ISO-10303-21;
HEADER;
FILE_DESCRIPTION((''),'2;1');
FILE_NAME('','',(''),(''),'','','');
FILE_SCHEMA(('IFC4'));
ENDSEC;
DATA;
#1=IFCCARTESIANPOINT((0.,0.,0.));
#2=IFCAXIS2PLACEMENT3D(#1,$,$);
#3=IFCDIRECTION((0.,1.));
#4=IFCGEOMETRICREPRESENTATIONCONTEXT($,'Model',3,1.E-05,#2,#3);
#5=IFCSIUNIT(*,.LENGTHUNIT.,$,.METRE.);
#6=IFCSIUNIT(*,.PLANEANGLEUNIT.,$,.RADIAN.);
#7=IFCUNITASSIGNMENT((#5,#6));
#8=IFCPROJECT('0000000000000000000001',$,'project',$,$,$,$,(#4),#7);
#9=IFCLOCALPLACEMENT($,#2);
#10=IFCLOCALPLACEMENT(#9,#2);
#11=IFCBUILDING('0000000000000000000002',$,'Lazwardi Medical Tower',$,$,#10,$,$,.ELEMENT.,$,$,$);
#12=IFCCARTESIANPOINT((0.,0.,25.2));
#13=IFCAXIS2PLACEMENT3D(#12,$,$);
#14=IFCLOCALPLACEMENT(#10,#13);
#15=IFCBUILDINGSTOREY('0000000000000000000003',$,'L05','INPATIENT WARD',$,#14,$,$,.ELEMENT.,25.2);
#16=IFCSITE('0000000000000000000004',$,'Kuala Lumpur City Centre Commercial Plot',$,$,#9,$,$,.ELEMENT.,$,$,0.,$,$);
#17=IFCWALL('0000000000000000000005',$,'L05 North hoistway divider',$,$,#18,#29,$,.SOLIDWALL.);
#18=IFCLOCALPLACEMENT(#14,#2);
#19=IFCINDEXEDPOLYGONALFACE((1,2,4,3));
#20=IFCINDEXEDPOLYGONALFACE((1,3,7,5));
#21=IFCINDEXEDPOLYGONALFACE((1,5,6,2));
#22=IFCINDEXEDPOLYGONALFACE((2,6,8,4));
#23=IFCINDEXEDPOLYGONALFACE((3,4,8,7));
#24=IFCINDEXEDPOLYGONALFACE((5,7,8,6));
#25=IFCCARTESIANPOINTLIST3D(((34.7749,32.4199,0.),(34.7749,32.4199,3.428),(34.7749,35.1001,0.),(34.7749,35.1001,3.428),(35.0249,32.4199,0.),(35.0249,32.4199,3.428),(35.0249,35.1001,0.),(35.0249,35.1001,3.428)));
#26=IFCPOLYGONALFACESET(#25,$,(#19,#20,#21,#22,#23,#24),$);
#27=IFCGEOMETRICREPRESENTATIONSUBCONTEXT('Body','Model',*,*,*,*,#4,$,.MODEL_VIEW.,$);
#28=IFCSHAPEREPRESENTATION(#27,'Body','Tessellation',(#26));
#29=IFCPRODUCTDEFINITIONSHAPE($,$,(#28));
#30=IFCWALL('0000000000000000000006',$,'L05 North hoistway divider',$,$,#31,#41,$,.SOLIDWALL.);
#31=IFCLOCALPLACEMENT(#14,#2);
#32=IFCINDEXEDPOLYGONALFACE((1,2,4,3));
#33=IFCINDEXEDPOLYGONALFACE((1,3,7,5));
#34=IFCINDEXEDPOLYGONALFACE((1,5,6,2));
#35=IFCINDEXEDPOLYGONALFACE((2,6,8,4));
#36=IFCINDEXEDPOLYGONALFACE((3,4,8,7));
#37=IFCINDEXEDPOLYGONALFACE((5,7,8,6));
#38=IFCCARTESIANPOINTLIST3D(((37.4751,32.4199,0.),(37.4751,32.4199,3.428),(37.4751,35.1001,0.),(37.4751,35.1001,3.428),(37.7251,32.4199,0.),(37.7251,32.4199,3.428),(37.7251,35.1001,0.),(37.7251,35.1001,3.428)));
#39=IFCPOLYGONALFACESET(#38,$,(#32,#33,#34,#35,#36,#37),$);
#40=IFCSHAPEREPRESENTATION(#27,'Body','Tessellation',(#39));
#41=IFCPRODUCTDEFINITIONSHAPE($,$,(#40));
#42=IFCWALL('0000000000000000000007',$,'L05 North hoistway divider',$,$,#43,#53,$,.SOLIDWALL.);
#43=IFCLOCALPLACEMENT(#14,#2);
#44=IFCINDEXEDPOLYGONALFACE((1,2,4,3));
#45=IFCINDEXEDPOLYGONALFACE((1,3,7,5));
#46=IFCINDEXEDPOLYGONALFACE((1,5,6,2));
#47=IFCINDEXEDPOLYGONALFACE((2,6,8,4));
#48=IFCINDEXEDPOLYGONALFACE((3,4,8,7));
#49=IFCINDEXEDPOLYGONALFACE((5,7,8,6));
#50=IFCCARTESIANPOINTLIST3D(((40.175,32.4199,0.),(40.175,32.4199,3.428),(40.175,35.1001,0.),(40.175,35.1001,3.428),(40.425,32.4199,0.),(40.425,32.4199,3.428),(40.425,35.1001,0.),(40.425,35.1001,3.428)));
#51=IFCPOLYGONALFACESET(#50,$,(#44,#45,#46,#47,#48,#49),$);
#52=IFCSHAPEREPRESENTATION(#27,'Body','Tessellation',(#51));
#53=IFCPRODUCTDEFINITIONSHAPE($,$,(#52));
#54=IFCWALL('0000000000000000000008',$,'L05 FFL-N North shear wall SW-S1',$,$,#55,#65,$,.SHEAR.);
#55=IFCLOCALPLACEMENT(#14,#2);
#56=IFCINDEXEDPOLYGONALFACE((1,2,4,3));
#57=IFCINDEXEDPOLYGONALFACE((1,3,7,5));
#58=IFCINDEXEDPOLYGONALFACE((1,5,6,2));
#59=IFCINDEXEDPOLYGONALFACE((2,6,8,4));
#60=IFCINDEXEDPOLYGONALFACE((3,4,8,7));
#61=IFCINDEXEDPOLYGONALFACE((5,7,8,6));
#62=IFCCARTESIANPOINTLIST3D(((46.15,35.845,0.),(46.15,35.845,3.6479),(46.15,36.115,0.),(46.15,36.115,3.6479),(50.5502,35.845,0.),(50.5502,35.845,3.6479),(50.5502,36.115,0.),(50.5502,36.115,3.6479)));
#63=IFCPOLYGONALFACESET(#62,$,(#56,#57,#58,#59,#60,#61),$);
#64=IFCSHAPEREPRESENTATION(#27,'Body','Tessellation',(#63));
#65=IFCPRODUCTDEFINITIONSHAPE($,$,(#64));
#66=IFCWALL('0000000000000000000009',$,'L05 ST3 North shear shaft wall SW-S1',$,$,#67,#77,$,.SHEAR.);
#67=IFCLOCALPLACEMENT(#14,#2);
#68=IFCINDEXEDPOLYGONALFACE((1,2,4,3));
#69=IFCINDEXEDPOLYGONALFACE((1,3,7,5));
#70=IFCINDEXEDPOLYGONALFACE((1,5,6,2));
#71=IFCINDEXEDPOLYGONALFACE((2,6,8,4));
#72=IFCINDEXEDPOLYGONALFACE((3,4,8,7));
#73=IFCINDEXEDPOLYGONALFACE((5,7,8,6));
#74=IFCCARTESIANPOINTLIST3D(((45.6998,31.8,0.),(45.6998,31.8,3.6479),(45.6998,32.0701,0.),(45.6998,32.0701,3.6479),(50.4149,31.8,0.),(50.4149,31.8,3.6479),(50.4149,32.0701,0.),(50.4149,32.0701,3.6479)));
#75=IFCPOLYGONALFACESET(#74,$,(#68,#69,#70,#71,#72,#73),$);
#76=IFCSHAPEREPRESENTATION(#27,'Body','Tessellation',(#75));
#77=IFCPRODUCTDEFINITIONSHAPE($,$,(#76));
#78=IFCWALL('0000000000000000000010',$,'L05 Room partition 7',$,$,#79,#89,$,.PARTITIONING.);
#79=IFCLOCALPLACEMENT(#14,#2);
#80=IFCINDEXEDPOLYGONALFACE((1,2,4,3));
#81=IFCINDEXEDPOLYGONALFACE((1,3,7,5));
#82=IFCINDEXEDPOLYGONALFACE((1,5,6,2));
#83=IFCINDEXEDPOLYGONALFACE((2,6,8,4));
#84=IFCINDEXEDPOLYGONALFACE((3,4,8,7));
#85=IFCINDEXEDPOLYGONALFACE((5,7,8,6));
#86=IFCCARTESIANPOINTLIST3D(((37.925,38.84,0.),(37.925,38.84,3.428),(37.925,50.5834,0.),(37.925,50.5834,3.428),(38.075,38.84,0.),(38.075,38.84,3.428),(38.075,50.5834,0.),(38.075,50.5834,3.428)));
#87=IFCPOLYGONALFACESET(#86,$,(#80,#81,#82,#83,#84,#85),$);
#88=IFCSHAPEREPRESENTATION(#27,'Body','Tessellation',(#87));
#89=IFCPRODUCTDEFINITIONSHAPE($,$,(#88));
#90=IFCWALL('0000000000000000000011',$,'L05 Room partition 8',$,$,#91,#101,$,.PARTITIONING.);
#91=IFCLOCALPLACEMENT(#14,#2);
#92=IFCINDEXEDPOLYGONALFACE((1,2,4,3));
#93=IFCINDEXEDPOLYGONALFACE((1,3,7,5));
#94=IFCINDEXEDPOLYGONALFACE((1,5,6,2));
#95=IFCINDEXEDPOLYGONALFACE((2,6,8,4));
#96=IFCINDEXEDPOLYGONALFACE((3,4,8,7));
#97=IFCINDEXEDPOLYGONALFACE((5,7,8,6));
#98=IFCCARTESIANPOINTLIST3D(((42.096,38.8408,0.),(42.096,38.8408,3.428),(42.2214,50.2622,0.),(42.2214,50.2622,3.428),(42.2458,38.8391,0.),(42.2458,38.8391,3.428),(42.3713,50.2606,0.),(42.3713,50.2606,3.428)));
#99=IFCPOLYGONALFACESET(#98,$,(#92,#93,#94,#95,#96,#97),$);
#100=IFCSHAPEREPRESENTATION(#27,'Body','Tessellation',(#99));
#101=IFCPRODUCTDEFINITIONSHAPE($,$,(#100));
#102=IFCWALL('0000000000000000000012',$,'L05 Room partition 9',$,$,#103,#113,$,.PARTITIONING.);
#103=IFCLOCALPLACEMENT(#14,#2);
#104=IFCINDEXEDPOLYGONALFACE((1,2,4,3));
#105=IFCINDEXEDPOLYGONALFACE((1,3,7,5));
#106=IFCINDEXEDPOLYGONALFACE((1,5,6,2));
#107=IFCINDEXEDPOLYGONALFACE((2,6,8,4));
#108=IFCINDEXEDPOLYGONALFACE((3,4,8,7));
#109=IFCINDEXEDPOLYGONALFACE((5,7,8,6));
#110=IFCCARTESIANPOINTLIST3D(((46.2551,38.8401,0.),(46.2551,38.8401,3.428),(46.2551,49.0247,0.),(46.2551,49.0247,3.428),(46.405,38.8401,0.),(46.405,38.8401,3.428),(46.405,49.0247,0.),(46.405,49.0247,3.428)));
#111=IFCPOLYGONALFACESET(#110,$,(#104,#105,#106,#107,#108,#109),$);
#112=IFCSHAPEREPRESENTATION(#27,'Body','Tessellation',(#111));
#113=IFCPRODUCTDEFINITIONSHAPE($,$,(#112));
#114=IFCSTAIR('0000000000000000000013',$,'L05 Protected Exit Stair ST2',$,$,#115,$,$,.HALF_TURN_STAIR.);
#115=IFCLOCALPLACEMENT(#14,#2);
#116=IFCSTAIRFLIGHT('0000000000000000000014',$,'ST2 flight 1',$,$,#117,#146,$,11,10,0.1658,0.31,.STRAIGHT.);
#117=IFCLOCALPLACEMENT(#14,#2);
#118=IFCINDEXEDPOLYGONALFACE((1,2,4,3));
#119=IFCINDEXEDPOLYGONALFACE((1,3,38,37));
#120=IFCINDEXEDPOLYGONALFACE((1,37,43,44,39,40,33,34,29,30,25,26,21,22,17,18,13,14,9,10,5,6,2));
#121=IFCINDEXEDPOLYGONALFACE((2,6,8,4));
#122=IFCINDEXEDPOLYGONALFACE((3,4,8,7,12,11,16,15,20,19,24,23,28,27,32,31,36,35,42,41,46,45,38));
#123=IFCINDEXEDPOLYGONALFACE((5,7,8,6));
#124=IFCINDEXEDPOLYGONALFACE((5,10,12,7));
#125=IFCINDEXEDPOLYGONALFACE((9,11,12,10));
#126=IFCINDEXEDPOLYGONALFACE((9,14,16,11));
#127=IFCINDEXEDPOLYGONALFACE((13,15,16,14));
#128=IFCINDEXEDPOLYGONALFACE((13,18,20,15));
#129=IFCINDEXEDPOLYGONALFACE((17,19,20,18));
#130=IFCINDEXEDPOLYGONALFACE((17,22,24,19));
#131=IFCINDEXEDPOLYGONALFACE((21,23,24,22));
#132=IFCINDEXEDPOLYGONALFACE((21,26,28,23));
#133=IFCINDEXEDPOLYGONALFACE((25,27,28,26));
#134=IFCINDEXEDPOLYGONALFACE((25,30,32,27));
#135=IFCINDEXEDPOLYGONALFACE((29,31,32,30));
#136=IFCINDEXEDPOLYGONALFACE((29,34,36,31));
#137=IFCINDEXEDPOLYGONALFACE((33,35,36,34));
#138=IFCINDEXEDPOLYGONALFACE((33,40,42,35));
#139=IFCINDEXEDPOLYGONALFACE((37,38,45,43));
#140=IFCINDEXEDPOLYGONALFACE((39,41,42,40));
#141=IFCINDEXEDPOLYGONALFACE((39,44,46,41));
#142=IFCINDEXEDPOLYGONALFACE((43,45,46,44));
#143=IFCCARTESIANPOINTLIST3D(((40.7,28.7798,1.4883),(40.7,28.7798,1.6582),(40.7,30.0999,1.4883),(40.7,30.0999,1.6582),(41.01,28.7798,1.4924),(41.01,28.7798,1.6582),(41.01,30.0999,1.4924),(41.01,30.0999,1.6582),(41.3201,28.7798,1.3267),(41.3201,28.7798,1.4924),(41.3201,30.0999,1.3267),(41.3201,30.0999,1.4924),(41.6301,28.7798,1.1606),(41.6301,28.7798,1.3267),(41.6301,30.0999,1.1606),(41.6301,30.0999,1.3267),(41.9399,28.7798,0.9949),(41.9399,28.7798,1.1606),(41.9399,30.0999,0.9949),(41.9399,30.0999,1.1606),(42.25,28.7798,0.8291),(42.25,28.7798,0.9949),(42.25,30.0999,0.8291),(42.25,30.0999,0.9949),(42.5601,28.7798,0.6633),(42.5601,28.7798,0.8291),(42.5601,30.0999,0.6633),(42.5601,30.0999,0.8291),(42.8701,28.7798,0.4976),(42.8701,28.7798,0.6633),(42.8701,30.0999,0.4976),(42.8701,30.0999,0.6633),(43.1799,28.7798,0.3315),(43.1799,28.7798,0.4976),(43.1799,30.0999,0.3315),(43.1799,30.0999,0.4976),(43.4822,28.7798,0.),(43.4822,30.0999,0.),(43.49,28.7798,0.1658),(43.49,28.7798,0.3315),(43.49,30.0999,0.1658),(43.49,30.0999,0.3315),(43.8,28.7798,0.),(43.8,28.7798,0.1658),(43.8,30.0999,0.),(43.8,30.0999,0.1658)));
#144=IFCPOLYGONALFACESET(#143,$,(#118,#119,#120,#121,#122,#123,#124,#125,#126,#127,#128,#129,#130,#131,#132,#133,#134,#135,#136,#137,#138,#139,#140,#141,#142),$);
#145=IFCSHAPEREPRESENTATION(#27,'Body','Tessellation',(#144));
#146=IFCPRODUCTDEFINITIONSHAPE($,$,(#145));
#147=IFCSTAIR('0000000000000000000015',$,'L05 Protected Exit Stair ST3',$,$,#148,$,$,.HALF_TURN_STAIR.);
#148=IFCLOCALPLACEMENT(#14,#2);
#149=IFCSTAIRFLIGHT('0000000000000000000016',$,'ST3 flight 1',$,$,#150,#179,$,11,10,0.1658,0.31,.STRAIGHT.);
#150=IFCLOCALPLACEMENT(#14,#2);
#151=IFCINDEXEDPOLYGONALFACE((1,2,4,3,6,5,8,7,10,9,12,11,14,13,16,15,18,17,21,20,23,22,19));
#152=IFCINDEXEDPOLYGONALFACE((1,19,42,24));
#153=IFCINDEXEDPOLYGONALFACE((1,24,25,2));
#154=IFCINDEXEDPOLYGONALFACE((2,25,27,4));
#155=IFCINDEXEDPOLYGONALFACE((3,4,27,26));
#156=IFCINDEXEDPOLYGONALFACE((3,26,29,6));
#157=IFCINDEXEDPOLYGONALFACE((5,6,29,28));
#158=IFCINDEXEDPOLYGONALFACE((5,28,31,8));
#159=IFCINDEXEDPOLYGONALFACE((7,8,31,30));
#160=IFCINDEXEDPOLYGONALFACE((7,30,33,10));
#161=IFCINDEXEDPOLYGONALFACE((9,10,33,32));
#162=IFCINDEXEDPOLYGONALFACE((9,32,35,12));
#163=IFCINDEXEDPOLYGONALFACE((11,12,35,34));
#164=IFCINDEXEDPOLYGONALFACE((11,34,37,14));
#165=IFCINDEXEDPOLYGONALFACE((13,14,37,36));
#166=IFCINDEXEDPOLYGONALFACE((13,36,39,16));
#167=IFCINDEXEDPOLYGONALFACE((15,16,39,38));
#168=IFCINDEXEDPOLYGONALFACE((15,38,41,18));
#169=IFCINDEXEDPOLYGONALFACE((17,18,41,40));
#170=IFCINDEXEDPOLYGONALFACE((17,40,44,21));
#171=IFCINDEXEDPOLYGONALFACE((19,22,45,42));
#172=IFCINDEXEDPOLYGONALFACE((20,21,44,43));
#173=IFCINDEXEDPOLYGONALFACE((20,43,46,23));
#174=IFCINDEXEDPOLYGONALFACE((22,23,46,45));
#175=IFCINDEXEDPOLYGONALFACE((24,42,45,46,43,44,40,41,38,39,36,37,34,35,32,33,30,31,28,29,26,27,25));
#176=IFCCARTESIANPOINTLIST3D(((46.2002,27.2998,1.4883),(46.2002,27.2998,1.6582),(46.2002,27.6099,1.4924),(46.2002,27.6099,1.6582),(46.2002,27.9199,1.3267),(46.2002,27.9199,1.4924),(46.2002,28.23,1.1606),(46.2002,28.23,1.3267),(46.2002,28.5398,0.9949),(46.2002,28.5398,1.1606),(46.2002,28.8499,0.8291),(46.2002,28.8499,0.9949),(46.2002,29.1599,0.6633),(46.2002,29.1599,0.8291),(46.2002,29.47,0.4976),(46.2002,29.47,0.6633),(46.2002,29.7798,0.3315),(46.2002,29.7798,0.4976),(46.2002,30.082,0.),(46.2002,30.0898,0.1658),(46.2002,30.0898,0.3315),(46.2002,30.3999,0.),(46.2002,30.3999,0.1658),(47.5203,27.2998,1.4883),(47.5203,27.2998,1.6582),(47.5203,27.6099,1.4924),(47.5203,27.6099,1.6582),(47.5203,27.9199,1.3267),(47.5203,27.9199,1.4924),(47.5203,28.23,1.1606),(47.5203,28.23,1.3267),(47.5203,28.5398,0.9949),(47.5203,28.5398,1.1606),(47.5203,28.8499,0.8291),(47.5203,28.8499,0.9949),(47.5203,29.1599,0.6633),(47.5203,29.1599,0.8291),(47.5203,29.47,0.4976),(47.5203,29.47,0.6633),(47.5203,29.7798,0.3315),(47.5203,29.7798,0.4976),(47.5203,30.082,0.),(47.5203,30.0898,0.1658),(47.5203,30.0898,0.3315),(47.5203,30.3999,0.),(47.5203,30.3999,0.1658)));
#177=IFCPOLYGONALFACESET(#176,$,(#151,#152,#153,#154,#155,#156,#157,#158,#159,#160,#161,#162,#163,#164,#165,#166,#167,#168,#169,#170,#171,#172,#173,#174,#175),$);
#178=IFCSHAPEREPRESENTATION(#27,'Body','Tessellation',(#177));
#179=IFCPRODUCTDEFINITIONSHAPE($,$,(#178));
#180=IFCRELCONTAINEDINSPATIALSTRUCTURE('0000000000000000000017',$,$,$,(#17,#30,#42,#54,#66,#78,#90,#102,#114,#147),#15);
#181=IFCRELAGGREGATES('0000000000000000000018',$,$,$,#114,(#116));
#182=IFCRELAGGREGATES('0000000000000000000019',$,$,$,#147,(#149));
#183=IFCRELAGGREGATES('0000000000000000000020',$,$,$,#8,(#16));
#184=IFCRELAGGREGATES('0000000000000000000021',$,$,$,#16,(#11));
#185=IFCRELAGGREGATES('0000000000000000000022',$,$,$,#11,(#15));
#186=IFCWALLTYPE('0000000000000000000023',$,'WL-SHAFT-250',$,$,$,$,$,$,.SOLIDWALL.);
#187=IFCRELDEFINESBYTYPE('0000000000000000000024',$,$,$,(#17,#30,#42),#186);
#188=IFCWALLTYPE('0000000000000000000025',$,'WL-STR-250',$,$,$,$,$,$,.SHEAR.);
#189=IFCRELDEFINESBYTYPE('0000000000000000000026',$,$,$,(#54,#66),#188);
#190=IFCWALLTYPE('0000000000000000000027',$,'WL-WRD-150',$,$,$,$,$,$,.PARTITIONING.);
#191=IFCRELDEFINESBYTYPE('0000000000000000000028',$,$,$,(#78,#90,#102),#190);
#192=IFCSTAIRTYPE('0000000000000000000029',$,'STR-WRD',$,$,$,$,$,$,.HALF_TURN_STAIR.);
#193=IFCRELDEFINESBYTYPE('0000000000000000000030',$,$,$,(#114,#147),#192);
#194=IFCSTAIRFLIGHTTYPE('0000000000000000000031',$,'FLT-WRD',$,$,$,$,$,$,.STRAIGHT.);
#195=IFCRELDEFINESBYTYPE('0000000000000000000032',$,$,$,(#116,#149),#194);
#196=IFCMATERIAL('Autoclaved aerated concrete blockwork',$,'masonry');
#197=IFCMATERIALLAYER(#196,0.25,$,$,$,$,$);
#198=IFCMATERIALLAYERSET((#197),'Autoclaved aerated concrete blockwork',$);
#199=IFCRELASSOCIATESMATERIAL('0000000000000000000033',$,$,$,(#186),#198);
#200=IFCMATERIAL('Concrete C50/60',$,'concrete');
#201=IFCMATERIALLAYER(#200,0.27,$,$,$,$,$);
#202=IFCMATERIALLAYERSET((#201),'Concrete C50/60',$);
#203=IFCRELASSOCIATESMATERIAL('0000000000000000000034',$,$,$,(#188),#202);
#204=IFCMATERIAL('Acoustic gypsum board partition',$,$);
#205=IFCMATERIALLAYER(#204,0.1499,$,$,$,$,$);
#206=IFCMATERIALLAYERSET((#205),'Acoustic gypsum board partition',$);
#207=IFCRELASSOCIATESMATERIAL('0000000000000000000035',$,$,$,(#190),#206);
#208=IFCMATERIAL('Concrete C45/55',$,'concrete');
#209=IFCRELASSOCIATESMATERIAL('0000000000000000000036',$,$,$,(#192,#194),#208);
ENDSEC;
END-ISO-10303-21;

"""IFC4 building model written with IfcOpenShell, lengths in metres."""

from ifc_helpers import new_model, si_unit, direction, frame, frame_2d, origin, place, context, subcontext, project, spatial, polyline, rectangle, outline, extrude, material, layer, layer_set, type_object, element, aggregate, save


model = new_model("IFC4")

# Units and contexts
model_context = context("Model", 3, precision=1e-05, world=origin(), true_north=direction((0.0, 1.0)))
body_context = subcontext(model_context, "Body", "Model", "MODEL_VIEW")
ifc_project = project(units=[si_unit("LENGTHUNIT", "METRE"), si_unit("PLANEANGLEUNIT", "RADIAN")], contexts=[model_context])

# Site, building, storey
site_placement = place(None, origin())
site = spatial("IfcSite", under=ifc_project, at=site_placement, Name="Kuala Lumpur City Centre Commercial Plot", CompositionType="ELEMENT", RefElevation=0.0)
building_placement = place(site_placement, origin())
building = spatial("IfcBuilding", under=site, at=building_placement, Name="Lazwardi Medical Tower", CompositionType="ELEMENT")
storey_placement = place(building_placement, frame((0.0, 0.0, 25.2)))
storey = spatial("IfcBuildingStorey", under=building, at=storey_placement, Name="L05", Description="INPATIENT WARD", CompositionType="ELEMENT", Elevation=25.2)

# Walls
ifc_material_1 = material(Name="Autoclaved aerated concrete blockwork", Category="masonry")
ifc_layer_1 = layer(ifc_material_1, 0.25)
ifc_layer_set_1 = layer_set([ifc_layer_1], Name="Autoclaved aerated concrete blockwork")
wall_type_1 = type_object("IfcWallType", Name="WL-SHAFT-250", PredefinedType="SOLIDWALL", material=ifc_layer_set_1)
for number, where, z_axis, x_axis, name in (
    (1, (34.8999, 32.4199, 0.0), (0.0, 0.0, 1.0), (0.0, 1.0, 0.0), "L05 North hoistway divider"),
    (2, (37.6001, 32.4199, 0.0), (0.0, 0.0, 1.0), (0.0, 1.0, 0.0), "L05 North hoistway divider"),
    (3, (40.3, 32.4199, 0.0), (0.0, 0.0, 1.0), (0.0, 1.0, 0.0), "L05 North hoistway divider"),
):
    element("IfcWall", number, at=place(storey_placement, frame(where, z_axis=z_axis, x_axis=x_axis)), inside=storey, type_object=wall_type_1, Name=name, PredefinedType="SOLIDWALL", context=body_context, shape_type="SweptSolid", body=[
        extrude(rectangle(XDim=2.6802, YDim=0.25, at=frame_2d((1.3401, 0.0))), origin(), (0.0, 0.0, 1.0), 3.428),
    ])

# Shared definitions
ifc_material_2 = material(Name="Concrete C50/60", Category="concrete")
ifc_layer_2 = layer(ifc_material_2, 0.27)
ifc_layer_set_2 = layer_set([ifc_layer_2], Name="Concrete C50/60")
wall_type_2 = type_object("IfcWallType", Name="WL-STR-250", PredefinedType="SHEAR", material=ifc_layer_set_2)

# Walls
wall_1_placement = place(storey_placement, frame((46.1499, 35.98, 0.0), z_axis=(0.0, 0.0, 1.0), x_axis=(1.0, 0.0, 0.0)))
element("IfcWall", 4, at=wall_1_placement, inside=storey, type_object=wall_type_2, Name="L05 FFL-N North shear wall SW-S1", PredefinedType="SHEAR", context=body_context, shape_type="SweptSolid", body=[
    extrude(rectangle(XDim=4.4001, YDim=0.27, at=frame_2d((2.2002, 0.0))), origin(), (0.0, 0.0, 1.0), 3.6479),
])
wall_2_placement = place(storey_placement, frame((45.7, 31.9351, 0.0), z_axis=(0.0, 0.0, 1.0), x_axis=(1.0, 0.0, 0.0)))
element("IfcWall", 5, at=wall_2_placement, inside=storey, type_object=wall_type_2, Name="L05 ST3 North shear shaft wall SW-S1", PredefinedType="SHEAR", context=body_context, shape_type="SweptSolid", body=[
    extrude(rectangle(XDim=4.7151, YDim=0.27, at=frame_2d((2.3574, 0.0))), origin(), (0.0, 0.0, 1.0), 3.6479),
])
ifc_material_3 = material(Name="Acoustic gypsum board partition")
ifc_layer_3 = layer(ifc_material_3, 0.1499)
ifc_layer_set_3 = layer_set([ifc_layer_3], Name="Acoustic gypsum board partition")
wall_type_3 = type_object("IfcWallType", Name="WL-WRD-150", PredefinedType="PARTITIONING", material=ifc_layer_set_3)
wall_3_placement = place(storey_placement, frame((38.0, 38.8401, 0.0), z_axis=(0.0, 0.0, 1.0), x_axis=(0.0, 1.0, 0.0)))
element("IfcWall", 6, at=wall_3_placement, inside=storey, type_object=wall_type_3, Name="L05 Room partition 7", PredefinedType="PARTITIONING", context=body_context, shape_type="SweptSolid", body=[
    extrude(rectangle(XDim=11.7434, YDim=0.1499, at=frame_2d((5.8716, 0.0))), origin(), (0.0, 0.0, 1.0), 3.428),
])
wall_4_placement = place(storey_placement, frame((42.1709, 38.8401, 0.0), z_axis=(0.0, 0.0, 1.0), x_axis=(0.010986, 0.99994, 0.0)))
element("IfcWall", 7, at=wall_4_placement, inside=storey, type_object=wall_type_3, Name="L05 Room partition 8", PredefinedType="PARTITIONING", context=body_context, shape_type="SweptSolid", body=[
    extrude(rectangle(XDim=11.4221, YDim=0.1499, at=frame_2d((5.7109, 0.0))), origin(), (0.0, 0.0, 1.0), 3.428),
])
wall_5_placement = place(storey_placement, frame((46.3301, 38.8401, 0.0), z_axis=(0.0, 0.0, 1.0), x_axis=(0.0, 1.0, 0.0)))
element("IfcWall", 8, at=wall_5_placement, inside=storey, type_object=wall_type_3, Name="L05 Room partition 9", PredefinedType="PARTITIONING", context=body_context, shape_type="SweptSolid", body=[
    extrude(rectangle(XDim=10.1846, YDim=0.1499, at=frame_2d((5.0923, 0.0))), origin(), (0.0, 0.0, 1.0), 3.428),
])

# Stairs, stair flights
ifc_material_4 = material(Name="Concrete C45/55", Category="concrete")
stair_type = type_object("IfcStairType", Name="STR-WRD", PredefinedType="HALF_TURN_STAIR", material=ifc_material_4)
stair_1_placement = place(storey_placement, origin())
stair_1 = element("IfcStair", 9, at=stair_1_placement, inside=storey, type_object=stair_type, Name="L05 Protected Exit Stair ST2", PredefinedType="HALF_TURN_STAIR")
stair_flight_type = type_object("IfcStairFlightType", Name="FLT-WRD", PredefinedType="STRAIGHT", material=ifc_material_4)
stair_flight_1_placement = place(storey_placement, frame((43.8, 29.4399, 0.0), z_axis=(0.0, 0.0, 1.0), x_axis=(-1.0, 0.0, 0.0)))
stair_flight_1 = element("IfcStairFlight", 10, at=stair_flight_1_placement, type_object=stair_flight_type, Name="ST2 flight 1", NumberOfRisers=11, NumberOfTreads=10, PredefinedType="STRAIGHT", RiserHeight=0.1658, TreadLength=0.31, context=body_context, shape_type="SweptSolid", body=[
    extrude(outline(polyline([(0.0, 0.0), (0.0, 0.1658), (0.3101, 0.1658), (0.3101, 0.3315), (0.6201, 0.3315), (0.6201, 0.4976), (0.9299, 0.4976), (0.9299, 0.6633), (1.24, 0.6633), (1.24, 0.8291), (1.55, 0.8291), (1.55, 0.9949), (1.8601, 0.9949), (1.8601, 1.1606), (2.1699, 1.1606), (2.1699, 1.3267), (2.48, 1.3267), (2.48, 1.4924), (2.79, 1.4924), (2.79, 1.6582), (3.1001, 1.6582), (3.1001, 1.824), (3.1001, 1.4883), (0.3179, 0.0), (0.0, 0.0)])), frame((0.0, 0.6602, 0.0), z_axis=(0.0, -1.0, 0.0), x_axis=(1.0, 0.0, 0.0)), (0.0, 0.0, 1.0), 1.3201),
])
aggregate(stair_1, [stair_flight_1])
stair_2_placement = place(storey_placement, origin())
stair_2 = element("IfcStair", 11, at=stair_2_placement, inside=storey, type_object=stair_type, Name="L05 Protected Exit Stair ST3", PredefinedType="HALF_TURN_STAIR")
stair_flight_2_placement = place(storey_placement, frame((46.8601, 30.3999, 0.0), z_axis=(0.0, 0.0, 1.0), x_axis=(0.0, -1.0, 0.0)))
stair_flight_2 = element("IfcStairFlight", 12, at=stair_flight_2_placement, type_object=stair_flight_type, Name="ST3 flight 1", NumberOfRisers=11, NumberOfTreads=10, PredefinedType="STRAIGHT", RiserHeight=0.1658, TreadLength=0.31, context=body_context, shape_type="SweptSolid", body=[
    extrude(outline(polyline([(0.0, 0.0), (0.0, 0.1658), (0.3101, 0.1658), (0.3101, 0.3315), (0.6201, 0.3315), (0.6201, 0.4976), (0.9299, 0.4976), (0.9299, 0.6633), (1.24, 0.6633), (1.24, 0.8291), (1.55, 0.8291), (1.55, 0.9949), (1.8601, 0.9949), (1.8601, 1.1606), (2.1699, 1.1606), (2.1699, 1.3267), (2.48, 1.3267), (2.48, 1.4924), (2.79, 1.4924), (2.79, 1.6582), (3.1001, 1.6582), (3.1001, 1.824), (3.1001, 1.4883), (0.3179, 0.0), (0.0, 0.0)])), frame((0.0, 0.6602, 0.0), z_axis=(0.0, -1.0, 0.0), x_axis=(1.0, 0.0, 0.0)), (0.0, 0.0, 1.0), 1.3201),
])
aggregate(stair_2, [stair_flight_2])

save(model, "model.ifc")
